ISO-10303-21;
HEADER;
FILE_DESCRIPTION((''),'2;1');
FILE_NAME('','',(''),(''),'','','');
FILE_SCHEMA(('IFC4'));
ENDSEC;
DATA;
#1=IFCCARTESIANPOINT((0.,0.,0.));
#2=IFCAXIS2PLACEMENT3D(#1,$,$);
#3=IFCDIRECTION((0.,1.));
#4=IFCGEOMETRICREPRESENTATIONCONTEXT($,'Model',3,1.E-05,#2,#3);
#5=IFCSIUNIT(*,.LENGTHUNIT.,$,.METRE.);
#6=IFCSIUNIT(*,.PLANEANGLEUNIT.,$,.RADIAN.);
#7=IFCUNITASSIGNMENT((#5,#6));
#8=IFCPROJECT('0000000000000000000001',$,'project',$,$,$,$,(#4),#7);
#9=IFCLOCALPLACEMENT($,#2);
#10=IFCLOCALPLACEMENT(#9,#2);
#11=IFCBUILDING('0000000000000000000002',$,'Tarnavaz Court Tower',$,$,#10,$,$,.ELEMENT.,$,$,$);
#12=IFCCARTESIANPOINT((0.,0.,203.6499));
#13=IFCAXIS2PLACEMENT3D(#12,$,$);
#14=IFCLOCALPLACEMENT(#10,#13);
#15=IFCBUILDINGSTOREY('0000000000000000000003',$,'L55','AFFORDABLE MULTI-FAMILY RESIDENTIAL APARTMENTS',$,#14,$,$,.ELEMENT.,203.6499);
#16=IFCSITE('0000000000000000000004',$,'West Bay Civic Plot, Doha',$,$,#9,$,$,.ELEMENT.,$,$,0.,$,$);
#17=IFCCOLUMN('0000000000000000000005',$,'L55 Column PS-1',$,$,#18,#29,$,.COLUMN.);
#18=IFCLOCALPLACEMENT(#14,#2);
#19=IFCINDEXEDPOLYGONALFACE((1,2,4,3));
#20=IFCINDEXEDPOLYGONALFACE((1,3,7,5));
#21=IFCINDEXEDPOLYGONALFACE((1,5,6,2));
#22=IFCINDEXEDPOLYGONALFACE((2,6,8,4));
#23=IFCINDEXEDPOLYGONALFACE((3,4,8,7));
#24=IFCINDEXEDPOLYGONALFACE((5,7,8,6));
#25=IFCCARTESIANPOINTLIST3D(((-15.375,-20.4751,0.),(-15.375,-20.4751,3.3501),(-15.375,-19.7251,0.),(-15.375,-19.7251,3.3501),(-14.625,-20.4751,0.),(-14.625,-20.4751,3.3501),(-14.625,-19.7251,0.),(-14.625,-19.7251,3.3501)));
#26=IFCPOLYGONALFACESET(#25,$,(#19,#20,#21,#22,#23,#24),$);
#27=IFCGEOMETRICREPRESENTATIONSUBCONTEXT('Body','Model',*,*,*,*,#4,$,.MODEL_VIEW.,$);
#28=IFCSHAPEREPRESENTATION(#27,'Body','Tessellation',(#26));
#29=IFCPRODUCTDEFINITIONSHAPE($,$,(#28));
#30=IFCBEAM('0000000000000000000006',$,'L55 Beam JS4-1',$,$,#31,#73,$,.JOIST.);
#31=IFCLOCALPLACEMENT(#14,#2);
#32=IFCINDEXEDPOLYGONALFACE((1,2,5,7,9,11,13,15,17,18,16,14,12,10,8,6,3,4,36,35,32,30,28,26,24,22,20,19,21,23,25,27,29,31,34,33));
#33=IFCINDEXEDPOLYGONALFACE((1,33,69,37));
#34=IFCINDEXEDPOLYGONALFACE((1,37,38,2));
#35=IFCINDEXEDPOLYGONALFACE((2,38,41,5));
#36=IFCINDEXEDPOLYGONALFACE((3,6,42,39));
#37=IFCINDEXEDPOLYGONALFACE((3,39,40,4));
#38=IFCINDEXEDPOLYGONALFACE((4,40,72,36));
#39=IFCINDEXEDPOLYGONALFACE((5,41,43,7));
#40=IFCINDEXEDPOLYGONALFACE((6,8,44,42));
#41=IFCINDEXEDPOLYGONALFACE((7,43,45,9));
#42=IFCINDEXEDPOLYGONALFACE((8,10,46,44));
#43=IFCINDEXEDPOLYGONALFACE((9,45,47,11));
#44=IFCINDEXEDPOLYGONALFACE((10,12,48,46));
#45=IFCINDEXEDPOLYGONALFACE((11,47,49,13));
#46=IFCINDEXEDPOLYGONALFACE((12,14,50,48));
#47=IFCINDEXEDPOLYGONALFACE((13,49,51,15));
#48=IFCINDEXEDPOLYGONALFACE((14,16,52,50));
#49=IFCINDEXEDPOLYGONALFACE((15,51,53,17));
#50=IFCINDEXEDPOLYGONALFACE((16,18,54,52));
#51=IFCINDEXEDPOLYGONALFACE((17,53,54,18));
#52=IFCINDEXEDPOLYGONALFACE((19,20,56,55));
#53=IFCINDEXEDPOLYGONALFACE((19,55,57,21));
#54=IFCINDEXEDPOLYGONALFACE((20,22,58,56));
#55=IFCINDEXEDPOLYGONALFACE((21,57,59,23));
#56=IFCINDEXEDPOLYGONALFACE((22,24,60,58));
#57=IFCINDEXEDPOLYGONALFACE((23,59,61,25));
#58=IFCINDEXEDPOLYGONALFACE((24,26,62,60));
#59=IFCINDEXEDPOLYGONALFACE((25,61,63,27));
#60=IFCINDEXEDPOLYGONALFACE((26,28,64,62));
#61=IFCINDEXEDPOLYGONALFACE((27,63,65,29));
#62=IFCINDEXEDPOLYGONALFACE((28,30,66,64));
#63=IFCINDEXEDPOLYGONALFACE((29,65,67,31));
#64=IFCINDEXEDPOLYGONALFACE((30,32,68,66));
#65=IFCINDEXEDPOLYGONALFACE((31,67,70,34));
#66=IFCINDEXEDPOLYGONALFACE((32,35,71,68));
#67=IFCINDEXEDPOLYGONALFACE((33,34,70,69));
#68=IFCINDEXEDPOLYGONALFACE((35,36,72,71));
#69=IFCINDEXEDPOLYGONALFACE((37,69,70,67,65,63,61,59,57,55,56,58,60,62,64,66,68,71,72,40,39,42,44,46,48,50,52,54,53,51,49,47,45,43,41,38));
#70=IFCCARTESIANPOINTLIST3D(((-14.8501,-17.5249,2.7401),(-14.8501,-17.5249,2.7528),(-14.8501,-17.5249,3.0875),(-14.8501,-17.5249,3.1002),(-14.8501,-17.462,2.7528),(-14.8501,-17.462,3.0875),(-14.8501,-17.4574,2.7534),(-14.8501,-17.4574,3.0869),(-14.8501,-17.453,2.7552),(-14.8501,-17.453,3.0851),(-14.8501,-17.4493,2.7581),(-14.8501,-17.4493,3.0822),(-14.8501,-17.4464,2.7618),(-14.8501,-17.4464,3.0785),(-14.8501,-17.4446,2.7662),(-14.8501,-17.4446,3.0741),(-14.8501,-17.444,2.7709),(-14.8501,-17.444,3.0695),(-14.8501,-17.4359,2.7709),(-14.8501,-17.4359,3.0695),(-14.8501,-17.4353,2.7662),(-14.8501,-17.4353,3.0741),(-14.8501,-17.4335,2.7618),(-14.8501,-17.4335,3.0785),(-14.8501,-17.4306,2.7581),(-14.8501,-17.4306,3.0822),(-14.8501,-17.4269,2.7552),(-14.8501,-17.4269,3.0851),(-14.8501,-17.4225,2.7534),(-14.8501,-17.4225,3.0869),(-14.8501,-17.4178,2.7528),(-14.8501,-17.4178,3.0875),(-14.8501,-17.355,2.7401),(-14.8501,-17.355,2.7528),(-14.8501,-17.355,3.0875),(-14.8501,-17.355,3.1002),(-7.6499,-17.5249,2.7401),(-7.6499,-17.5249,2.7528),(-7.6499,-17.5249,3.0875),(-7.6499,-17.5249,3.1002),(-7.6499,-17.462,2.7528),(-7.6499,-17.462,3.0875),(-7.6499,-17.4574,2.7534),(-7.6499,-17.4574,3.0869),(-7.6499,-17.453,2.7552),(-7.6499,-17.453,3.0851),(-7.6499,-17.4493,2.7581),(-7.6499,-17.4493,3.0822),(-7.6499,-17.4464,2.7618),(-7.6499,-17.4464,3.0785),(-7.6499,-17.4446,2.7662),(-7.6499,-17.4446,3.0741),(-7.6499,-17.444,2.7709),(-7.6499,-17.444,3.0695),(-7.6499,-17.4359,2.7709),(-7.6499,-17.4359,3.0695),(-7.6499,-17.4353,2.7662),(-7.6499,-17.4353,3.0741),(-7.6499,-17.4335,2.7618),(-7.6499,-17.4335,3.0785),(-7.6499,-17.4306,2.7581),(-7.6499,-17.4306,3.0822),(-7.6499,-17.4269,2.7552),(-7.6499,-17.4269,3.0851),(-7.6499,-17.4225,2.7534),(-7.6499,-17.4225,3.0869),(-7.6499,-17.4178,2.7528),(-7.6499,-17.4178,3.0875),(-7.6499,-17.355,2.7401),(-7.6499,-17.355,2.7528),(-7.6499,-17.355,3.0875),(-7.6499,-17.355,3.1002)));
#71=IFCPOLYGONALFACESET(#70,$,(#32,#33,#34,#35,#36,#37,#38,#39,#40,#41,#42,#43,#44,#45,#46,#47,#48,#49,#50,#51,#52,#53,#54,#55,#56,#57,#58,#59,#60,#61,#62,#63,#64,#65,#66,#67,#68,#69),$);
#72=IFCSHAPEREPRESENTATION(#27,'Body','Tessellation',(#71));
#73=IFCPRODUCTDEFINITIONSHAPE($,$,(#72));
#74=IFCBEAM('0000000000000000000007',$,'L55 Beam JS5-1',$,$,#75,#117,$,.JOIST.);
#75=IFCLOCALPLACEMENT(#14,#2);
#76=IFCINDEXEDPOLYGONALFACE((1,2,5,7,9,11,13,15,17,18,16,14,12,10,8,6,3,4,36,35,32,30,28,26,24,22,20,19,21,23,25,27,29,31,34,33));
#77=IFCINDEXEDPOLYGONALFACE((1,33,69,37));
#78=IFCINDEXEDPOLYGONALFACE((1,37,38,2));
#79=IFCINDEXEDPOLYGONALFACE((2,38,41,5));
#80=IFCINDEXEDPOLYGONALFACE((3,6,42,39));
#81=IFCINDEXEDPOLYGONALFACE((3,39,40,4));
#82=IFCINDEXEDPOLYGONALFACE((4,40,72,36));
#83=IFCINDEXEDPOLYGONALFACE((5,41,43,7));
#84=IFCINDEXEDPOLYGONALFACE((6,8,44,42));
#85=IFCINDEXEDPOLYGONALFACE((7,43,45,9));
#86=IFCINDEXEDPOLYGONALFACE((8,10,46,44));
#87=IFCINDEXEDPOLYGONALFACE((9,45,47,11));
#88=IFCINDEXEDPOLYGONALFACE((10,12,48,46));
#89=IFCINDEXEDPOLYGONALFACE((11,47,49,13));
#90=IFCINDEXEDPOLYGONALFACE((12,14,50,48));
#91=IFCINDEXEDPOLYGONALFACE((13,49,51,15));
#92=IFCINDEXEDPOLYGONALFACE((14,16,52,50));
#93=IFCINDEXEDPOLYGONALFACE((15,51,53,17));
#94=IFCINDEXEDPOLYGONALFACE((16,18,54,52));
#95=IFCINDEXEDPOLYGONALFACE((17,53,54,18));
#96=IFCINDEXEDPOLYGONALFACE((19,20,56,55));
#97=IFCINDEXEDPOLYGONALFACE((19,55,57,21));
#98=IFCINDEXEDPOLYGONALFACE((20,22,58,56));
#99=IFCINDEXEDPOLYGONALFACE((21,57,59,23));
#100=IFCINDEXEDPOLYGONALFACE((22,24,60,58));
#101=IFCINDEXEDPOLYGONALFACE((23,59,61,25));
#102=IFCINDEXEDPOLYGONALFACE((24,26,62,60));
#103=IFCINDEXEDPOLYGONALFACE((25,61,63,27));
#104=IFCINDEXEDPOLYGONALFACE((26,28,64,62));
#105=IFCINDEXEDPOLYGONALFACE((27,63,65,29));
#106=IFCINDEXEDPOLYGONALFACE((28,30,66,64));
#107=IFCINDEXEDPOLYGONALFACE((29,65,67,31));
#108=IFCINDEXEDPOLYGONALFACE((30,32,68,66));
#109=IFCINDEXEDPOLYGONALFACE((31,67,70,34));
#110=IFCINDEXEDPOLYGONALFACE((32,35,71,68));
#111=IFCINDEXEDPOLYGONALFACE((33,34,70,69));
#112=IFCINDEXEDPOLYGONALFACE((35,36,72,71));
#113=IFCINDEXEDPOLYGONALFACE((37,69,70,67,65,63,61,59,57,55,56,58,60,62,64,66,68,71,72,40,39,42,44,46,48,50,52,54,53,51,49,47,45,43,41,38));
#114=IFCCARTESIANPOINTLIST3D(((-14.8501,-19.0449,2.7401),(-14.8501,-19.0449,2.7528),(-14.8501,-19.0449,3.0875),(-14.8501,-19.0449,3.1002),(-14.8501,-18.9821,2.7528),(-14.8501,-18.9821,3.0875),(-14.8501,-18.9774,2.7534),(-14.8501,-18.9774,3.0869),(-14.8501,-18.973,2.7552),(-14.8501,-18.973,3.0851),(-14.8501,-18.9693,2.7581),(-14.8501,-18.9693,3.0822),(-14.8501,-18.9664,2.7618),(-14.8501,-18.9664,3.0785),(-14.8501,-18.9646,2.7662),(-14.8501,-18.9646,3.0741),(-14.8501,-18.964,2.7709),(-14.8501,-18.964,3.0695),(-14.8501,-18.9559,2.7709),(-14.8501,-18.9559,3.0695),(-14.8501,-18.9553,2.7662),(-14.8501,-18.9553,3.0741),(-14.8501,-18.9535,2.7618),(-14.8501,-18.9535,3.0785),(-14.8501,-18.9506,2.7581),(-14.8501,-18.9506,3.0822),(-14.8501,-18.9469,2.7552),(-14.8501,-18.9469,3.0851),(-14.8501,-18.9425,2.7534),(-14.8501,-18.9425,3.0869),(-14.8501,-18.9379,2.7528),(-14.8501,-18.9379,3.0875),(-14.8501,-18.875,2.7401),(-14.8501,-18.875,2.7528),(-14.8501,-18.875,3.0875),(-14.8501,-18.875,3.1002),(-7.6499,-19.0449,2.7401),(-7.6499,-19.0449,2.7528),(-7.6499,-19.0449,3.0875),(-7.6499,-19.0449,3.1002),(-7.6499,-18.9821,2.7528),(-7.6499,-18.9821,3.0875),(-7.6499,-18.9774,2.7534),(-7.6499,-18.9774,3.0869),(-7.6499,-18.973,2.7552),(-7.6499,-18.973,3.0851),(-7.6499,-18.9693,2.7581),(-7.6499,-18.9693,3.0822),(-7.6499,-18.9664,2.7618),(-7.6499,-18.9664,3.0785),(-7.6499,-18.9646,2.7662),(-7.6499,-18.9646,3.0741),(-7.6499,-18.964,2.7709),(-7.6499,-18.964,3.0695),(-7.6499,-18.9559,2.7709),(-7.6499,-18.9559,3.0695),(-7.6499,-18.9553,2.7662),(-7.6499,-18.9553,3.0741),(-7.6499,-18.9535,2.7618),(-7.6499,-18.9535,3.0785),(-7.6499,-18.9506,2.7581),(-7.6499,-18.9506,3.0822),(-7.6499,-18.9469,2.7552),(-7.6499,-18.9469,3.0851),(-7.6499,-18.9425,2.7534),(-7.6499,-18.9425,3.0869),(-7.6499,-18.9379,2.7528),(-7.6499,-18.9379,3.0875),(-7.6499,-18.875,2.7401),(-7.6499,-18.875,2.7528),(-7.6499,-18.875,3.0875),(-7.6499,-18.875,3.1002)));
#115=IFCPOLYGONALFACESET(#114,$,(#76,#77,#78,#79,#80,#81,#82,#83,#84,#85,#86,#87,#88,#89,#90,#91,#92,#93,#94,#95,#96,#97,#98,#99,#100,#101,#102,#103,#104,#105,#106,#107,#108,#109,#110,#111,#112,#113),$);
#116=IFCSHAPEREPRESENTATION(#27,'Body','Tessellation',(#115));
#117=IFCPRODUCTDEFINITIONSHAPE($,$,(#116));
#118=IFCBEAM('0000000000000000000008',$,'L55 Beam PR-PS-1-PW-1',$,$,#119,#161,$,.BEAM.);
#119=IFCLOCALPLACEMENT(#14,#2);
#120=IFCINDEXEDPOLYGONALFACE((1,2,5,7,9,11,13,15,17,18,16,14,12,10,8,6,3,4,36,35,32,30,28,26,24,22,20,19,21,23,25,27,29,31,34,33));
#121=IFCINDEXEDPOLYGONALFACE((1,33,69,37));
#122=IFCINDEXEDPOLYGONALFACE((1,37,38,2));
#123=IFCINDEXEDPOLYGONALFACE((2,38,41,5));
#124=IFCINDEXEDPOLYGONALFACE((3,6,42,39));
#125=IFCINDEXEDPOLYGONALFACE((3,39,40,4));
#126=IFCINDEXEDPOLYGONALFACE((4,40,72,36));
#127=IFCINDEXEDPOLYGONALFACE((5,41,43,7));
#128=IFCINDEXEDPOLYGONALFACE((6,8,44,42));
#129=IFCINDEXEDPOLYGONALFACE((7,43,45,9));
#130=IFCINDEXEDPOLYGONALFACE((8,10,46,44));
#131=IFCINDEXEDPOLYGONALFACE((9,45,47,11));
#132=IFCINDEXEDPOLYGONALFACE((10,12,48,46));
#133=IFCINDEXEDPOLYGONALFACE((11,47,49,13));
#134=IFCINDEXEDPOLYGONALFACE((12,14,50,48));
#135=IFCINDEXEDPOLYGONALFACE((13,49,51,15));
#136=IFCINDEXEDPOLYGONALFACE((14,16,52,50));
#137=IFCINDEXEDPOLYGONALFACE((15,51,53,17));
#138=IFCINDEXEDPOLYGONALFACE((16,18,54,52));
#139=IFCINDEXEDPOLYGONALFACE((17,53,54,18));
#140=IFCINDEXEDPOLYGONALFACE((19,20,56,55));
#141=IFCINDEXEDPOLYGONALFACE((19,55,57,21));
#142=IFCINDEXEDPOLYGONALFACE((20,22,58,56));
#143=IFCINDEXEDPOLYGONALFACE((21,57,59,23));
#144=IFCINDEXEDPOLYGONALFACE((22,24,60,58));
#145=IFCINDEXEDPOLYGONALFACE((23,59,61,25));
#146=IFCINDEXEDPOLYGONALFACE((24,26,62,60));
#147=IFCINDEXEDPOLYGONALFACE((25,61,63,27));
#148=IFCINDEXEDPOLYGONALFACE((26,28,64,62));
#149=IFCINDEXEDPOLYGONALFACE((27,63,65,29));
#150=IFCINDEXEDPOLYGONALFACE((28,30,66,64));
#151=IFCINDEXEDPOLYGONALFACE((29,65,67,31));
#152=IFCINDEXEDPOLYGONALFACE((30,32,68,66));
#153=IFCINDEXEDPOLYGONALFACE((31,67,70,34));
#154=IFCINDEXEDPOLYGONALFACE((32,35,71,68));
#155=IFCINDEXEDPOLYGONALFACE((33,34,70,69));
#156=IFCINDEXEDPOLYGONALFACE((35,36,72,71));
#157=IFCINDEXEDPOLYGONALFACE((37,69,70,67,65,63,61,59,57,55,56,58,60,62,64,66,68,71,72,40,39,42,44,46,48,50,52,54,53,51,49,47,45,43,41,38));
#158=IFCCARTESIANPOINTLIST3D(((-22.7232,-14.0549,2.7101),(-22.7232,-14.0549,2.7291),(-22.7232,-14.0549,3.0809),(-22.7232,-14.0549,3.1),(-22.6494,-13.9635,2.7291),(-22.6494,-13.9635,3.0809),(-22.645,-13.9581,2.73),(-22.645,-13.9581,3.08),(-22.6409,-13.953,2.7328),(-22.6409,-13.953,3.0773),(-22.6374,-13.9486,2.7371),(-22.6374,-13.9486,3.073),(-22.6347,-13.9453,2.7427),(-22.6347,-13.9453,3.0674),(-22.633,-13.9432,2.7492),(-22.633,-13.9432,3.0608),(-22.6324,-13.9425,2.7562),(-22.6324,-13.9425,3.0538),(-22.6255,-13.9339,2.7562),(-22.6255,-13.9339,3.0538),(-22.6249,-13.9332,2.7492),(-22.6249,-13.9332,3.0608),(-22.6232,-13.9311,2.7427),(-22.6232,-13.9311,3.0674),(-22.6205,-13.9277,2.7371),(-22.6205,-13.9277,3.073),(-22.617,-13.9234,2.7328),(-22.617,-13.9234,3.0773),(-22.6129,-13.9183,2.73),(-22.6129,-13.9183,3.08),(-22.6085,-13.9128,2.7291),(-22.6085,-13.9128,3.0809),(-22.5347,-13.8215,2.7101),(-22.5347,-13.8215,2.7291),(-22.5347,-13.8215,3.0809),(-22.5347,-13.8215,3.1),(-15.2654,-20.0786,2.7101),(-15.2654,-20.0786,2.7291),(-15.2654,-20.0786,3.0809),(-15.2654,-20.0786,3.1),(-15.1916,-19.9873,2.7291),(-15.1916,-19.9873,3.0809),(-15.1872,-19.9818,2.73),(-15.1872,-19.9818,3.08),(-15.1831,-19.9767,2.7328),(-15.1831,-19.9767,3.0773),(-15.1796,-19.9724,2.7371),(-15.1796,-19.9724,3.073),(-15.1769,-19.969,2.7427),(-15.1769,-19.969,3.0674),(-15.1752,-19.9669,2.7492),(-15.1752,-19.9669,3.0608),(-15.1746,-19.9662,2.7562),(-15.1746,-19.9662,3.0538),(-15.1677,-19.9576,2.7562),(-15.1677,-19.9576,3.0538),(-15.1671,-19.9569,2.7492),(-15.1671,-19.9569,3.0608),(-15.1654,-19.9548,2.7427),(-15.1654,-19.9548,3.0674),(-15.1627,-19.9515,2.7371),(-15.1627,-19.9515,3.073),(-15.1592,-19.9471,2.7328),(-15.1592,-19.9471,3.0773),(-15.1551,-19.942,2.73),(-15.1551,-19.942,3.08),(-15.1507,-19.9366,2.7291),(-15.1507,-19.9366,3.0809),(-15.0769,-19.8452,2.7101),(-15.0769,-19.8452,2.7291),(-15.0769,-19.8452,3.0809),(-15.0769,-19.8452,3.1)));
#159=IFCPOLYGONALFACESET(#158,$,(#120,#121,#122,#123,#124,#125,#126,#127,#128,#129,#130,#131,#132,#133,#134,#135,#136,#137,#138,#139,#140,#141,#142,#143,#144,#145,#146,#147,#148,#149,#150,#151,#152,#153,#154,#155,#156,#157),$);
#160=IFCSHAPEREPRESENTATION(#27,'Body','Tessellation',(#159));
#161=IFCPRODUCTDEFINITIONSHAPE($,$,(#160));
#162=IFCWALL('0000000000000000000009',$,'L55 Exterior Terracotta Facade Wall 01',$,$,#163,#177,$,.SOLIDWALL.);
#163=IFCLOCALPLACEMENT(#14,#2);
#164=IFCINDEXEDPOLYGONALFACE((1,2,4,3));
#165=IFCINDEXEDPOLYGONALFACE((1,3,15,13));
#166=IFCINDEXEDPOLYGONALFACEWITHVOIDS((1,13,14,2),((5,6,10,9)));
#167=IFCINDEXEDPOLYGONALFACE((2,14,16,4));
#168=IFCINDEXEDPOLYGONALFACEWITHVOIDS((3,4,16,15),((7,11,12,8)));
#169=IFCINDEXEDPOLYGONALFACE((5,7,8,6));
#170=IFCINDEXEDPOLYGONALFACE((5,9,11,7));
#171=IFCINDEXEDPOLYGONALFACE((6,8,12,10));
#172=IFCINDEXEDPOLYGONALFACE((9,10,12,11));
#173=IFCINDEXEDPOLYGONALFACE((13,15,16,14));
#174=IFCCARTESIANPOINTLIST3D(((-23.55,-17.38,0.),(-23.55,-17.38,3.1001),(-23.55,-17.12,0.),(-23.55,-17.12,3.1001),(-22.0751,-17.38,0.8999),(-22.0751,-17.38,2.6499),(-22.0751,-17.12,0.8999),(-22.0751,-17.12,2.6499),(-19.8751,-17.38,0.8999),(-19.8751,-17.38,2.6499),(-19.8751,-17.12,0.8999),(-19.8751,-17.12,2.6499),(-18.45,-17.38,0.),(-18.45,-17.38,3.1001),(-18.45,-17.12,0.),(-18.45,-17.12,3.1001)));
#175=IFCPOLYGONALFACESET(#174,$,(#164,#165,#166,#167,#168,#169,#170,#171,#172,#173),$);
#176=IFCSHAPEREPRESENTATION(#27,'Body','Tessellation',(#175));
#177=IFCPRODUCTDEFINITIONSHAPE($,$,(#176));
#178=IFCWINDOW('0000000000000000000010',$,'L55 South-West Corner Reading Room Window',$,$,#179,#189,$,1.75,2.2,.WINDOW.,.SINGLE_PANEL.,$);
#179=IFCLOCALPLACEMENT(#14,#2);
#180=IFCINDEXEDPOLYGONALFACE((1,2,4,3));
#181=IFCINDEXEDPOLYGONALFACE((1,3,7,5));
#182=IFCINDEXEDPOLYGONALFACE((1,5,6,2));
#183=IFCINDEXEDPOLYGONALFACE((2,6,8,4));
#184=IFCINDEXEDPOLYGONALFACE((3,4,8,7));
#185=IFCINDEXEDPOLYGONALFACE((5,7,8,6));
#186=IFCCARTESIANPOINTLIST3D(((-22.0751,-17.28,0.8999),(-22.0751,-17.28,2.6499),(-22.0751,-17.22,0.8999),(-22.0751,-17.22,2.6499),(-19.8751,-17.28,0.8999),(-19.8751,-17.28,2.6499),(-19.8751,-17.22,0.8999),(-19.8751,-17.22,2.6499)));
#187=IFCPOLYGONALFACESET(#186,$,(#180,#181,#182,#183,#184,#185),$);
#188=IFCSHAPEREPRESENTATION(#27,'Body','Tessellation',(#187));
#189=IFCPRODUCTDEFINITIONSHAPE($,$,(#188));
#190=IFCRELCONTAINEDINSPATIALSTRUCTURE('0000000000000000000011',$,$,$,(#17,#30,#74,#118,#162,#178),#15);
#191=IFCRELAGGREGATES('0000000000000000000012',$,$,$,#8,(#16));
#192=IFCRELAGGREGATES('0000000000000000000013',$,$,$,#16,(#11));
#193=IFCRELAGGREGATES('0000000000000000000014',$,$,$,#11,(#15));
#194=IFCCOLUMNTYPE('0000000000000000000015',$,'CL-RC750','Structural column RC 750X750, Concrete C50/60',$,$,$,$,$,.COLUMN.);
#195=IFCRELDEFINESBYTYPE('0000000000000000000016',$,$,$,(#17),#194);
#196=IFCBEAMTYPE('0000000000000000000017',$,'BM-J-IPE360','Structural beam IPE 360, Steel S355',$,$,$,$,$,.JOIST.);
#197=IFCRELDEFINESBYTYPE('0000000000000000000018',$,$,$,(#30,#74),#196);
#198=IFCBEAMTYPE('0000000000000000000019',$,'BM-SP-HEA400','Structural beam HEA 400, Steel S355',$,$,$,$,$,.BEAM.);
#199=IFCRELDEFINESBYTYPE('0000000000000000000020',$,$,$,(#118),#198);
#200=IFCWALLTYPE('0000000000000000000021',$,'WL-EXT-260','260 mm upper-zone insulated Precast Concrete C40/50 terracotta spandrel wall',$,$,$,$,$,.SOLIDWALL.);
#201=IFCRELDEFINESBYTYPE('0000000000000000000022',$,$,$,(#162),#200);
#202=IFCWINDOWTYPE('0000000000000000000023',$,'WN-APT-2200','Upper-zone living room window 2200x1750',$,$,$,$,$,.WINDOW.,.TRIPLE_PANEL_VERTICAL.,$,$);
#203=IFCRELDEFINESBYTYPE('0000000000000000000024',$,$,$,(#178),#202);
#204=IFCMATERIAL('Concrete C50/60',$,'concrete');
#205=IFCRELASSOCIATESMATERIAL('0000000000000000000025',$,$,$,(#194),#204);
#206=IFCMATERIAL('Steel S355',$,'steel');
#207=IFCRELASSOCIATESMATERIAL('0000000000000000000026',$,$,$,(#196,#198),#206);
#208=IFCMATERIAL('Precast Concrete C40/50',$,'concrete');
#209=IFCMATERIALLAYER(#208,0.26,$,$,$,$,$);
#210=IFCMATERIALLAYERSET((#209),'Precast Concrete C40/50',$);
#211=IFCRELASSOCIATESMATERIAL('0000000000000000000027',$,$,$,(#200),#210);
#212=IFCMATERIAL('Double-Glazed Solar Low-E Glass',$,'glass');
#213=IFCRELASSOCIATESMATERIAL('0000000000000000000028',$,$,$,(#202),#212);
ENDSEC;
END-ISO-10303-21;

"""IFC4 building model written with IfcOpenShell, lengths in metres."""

from ifc_helpers import new_model, si_unit, direction, frame, frame_2d, origin, origin_2d, place, context, subcontext, project, spatial, rectangle, i_section, extrude, material, layer, layer_set, material_profile, profile_set, type_object, element, fill, save


model = new_model("IFC4")

# Units and contexts
model_context = context("Model", 3, precision=1e-05, world=origin(), true_north=direction((0.0, 1.0)))
body_context = subcontext(model_context, "Body", "Model", "MODEL_VIEW")
ifc_project = project(units=[si_unit("LENGTHUNIT", "METRE"), si_unit("PLANEANGLEUNIT", "RADIAN")], contexts=[model_context])

# Site, building, storey
site_placement = place(None, origin())
site = spatial("IfcSite", under=ifc_project, at=site_placement, Name="West Bay Civic Plot, Doha", CompositionType="ELEMENT", RefElevation=0.0)
building_placement = place(site_placement, origin())
building = spatial("IfcBuilding", under=site, at=building_placement, Name="Tarnavaz Court Tower", CompositionType="ELEMENT")
storey_placement = place(building_placement, frame((0.0, 0.0, 203.6499)))
storey = spatial("IfcBuildingStorey", under=building, at=storey_placement, Name="L55", Description="AFFORDABLE MULTI-FAMILY RESIDENTIAL APARTMENTS", CompositionType="ELEMENT", Elevation=203.6499)

# Column
ifc_material_1 = material(Name="Concrete C50/60", Category="concrete")
ifc_material_profile_1 = material_profile(ifc_material_1, rectangle(XDim=0.75, YDim=0.75, at=origin_2d()), Name="RC 750X750")
ifc_profile_set_1 = profile_set([ifc_material_profile_1], Name="Concrete C50/60")
column_type = type_object("IfcColumnType", Name="CL-RC750", Description="Structural column RC 750X750, Concrete C50/60", PredefinedType="COLUMN", material=ifc_profile_set_1)
column_placement = place(storey_placement, frame((-15.0, -20.1001, 0.0), z_axis=(0.0, 0.0, 1.0), x_axis=(1.0, 0.0, 0.0)))
element("IfcColumn", 1, at=column_placement, inside=storey, type_object=column_type, Name="L55 Column PS-1", PredefinedType="COLUMN", context=body_context, shape_type="SweptSolid", body=[
    extrude(rectangle(XDim=0.75, YDim=0.75, at=origin_2d()), origin(), (0.0, 0.0, 1.0), 3.3501),
])

# Beams
ifc_material_2 = material(Name="Steel S355", Category="steel")
ifc_material_profile_2 = material_profile(ifc_material_2, i_section(OverallWidth=0.1699, OverallDepth=0.3601, WebThickness=0.0081, FlangeThickness=0.0127, FilletRadius=0.0181, at=origin_2d()), Name="IPE 360")
ifc_profile_set_2 = profile_set([ifc_material_profile_2], Name="Steel S355")
beam_type_1 = type_object("IfcBeamType", Name="BM-J-IPE360", Description="Structural beam IPE 360, Steel S355", PredefinedType="JOIST", material=ifc_profile_set_2)
for number, where, z_axis, x_axis, name in (
    (2, (-14.8501, -17.4399, 2.9202), (1.0, 0.0, 0.0), (0.0, 1.0, 0.0), "L55 Beam JS4-1"),
    (3, (-14.8501, -18.96, 2.9202), (1.0, 0.0, 0.0), (0.0, 1.0, 0.0), "L55 Beam JS5-1"),
):
    element("IfcBeam", number, at=place(storey_placement, frame(where, z_axis=z_axis, x_axis=x_axis)), inside=storey, type_object=beam_type_1, Name=name, PredefinedType="JOIST", context=body_context, shape_type="SweptSolid", body=[
        extrude(i_section(OverallWidth=0.1699, OverallDepth=0.3601, WebThickness=0.0081, FlangeThickness=0.0127, FilletRadius=0.0181, at=origin_2d()), origin(), (0.0, 0.0, 1.0), 7.2002),
    ])
ifc_material_profile_3 = material_profile(ifc_material_2, i_section(OverallWidth=0.3, OverallDepth=0.3899, WebThickness=0.011, FlangeThickness=0.019, FilletRadius=0.0271, at=origin_2d()), Name="HEA 400")
ifc_profile_set_3 = profile_set([ifc_material_profile_3], Name="Steel S355")
beam_type_2 = type_object("IfcBeamType", Name="BM-SP-HEA400", Description="Structural beam HEA 400, Steel S355", PredefinedType="BEAM", material=ifc_profile_set_3)
beam_placement = place(storey_placement, frame((-15.1711, -19.9619, 2.905), z_axis=(-0.777936, 0.628344, 0.0), x_axis=(-0.628344, -0.777936, 0.0)))
element("IfcBeam", 4, at=beam_placement, inside=storey, type_object=beam_type_2, Name="L55 Beam PR-PS-1-PW-1", PredefinedType="BEAM", context=body_context, shape_type="SweptSolid", body=[
    extrude(i_section(OverallWidth=0.3, OverallDepth=0.3899, WebThickness=0.011, FlangeThickness=0.019, FilletRadius=0.0271, at=origin_2d()), origin(), (0.0, 0.0, 1.0), 9.5867),
])

# Wall, opening, window
ifc_material_3 = material(Name="Precast Concrete C40/50", Category="concrete")
ifc_layer_1 = layer(ifc_material_3, 0.26)
ifc_layer_set_1 = layer_set([ifc_layer_1], Name="Precast Concrete C40/50")
wall_type_1 = type_object("IfcWallType", Name="WL-EXT-260", Description="260 mm upper-zone insulated Precast Concrete C40/50 terracotta spandrel wall", PredefinedType="SOLIDWALL", material=ifc_layer_set_1)
wall_1_placement = place(storey_placement, frame((-18.45, -17.25, 0.0), z_axis=(0.0, 0.0, 1.0), x_axis=(-1.0, 0.0, 0.0)))
wall_1 = element("IfcWall", 5, at=wall_1_placement, inside=storey, type_object=wall_type_1, Name="L55 Exterior Terracotta Facade Wall 01", PredefinedType="SOLIDWALL", context=body_context, shape_type="SweptSolid", body=[
    extrude(rectangle(XDim=5.1001, YDim=0.26, at=frame_2d((2.55, 0.0))), origin(), (0.0, 0.0, 1.0), 3.1001),
])
opening_1_placement = place(wall_1_placement, frame((1.425, 0.0, 0.8999)))
opening_1 = element("IfcOpeningElement", 6, at=opening_1_placement, cuts=wall_1, PredefinedType="OPENING", context=body_context, shape_type="SweptSolid", body=[
    extrude(rectangle(XDim=2.2, YDim=1.75, at=frame_2d((1.1001, 0.875))), frame((0.0, 0.1399, 0.0), z_axis=(0.0, -1.0, 0.0), x_axis=(1.0, 0.0, 0.0)), (0.0, 0.0, 1.0), 0.28),
])
ifc_material_4 = material(Name="Double-Glazed Solar Low-E Glass", Category="glass")
window_type_1 = type_object("IfcWindowType", Name="WN-APT-2200", Description="Upper-zone living room window 2200x1750", PartitioningType="TRIPLE_PANEL_VERTICAL", PredefinedType="WINDOW", material=ifc_material_4)
window_1_placement = place(opening_1_placement, origin())
window_1 = element("IfcWindow", 7, at=window_1_placement, inside=storey, type_object=window_type_1, Name="L55 South-West Corner Reading Room Window", OverallHeight=1.75, OverallWidth=2.2, PartitioningType="SINGLE_PANEL", PredefinedType="WINDOW", context=body_context, shape_type="SweptSolid", body=[
    extrude(rectangle(XDim=2.2, YDim=1.75, at=frame_2d((1.1001, 0.875))), frame((0.0, 0.03, 0.0), z_axis=(0.0, -1.0, 0.0), x_axis=(1.0, 0.0, 0.0)), (0.0, 0.0, 1.0), 0.0601),
])
fill(opening_1, window_1)

save(model, "model.ifc")
